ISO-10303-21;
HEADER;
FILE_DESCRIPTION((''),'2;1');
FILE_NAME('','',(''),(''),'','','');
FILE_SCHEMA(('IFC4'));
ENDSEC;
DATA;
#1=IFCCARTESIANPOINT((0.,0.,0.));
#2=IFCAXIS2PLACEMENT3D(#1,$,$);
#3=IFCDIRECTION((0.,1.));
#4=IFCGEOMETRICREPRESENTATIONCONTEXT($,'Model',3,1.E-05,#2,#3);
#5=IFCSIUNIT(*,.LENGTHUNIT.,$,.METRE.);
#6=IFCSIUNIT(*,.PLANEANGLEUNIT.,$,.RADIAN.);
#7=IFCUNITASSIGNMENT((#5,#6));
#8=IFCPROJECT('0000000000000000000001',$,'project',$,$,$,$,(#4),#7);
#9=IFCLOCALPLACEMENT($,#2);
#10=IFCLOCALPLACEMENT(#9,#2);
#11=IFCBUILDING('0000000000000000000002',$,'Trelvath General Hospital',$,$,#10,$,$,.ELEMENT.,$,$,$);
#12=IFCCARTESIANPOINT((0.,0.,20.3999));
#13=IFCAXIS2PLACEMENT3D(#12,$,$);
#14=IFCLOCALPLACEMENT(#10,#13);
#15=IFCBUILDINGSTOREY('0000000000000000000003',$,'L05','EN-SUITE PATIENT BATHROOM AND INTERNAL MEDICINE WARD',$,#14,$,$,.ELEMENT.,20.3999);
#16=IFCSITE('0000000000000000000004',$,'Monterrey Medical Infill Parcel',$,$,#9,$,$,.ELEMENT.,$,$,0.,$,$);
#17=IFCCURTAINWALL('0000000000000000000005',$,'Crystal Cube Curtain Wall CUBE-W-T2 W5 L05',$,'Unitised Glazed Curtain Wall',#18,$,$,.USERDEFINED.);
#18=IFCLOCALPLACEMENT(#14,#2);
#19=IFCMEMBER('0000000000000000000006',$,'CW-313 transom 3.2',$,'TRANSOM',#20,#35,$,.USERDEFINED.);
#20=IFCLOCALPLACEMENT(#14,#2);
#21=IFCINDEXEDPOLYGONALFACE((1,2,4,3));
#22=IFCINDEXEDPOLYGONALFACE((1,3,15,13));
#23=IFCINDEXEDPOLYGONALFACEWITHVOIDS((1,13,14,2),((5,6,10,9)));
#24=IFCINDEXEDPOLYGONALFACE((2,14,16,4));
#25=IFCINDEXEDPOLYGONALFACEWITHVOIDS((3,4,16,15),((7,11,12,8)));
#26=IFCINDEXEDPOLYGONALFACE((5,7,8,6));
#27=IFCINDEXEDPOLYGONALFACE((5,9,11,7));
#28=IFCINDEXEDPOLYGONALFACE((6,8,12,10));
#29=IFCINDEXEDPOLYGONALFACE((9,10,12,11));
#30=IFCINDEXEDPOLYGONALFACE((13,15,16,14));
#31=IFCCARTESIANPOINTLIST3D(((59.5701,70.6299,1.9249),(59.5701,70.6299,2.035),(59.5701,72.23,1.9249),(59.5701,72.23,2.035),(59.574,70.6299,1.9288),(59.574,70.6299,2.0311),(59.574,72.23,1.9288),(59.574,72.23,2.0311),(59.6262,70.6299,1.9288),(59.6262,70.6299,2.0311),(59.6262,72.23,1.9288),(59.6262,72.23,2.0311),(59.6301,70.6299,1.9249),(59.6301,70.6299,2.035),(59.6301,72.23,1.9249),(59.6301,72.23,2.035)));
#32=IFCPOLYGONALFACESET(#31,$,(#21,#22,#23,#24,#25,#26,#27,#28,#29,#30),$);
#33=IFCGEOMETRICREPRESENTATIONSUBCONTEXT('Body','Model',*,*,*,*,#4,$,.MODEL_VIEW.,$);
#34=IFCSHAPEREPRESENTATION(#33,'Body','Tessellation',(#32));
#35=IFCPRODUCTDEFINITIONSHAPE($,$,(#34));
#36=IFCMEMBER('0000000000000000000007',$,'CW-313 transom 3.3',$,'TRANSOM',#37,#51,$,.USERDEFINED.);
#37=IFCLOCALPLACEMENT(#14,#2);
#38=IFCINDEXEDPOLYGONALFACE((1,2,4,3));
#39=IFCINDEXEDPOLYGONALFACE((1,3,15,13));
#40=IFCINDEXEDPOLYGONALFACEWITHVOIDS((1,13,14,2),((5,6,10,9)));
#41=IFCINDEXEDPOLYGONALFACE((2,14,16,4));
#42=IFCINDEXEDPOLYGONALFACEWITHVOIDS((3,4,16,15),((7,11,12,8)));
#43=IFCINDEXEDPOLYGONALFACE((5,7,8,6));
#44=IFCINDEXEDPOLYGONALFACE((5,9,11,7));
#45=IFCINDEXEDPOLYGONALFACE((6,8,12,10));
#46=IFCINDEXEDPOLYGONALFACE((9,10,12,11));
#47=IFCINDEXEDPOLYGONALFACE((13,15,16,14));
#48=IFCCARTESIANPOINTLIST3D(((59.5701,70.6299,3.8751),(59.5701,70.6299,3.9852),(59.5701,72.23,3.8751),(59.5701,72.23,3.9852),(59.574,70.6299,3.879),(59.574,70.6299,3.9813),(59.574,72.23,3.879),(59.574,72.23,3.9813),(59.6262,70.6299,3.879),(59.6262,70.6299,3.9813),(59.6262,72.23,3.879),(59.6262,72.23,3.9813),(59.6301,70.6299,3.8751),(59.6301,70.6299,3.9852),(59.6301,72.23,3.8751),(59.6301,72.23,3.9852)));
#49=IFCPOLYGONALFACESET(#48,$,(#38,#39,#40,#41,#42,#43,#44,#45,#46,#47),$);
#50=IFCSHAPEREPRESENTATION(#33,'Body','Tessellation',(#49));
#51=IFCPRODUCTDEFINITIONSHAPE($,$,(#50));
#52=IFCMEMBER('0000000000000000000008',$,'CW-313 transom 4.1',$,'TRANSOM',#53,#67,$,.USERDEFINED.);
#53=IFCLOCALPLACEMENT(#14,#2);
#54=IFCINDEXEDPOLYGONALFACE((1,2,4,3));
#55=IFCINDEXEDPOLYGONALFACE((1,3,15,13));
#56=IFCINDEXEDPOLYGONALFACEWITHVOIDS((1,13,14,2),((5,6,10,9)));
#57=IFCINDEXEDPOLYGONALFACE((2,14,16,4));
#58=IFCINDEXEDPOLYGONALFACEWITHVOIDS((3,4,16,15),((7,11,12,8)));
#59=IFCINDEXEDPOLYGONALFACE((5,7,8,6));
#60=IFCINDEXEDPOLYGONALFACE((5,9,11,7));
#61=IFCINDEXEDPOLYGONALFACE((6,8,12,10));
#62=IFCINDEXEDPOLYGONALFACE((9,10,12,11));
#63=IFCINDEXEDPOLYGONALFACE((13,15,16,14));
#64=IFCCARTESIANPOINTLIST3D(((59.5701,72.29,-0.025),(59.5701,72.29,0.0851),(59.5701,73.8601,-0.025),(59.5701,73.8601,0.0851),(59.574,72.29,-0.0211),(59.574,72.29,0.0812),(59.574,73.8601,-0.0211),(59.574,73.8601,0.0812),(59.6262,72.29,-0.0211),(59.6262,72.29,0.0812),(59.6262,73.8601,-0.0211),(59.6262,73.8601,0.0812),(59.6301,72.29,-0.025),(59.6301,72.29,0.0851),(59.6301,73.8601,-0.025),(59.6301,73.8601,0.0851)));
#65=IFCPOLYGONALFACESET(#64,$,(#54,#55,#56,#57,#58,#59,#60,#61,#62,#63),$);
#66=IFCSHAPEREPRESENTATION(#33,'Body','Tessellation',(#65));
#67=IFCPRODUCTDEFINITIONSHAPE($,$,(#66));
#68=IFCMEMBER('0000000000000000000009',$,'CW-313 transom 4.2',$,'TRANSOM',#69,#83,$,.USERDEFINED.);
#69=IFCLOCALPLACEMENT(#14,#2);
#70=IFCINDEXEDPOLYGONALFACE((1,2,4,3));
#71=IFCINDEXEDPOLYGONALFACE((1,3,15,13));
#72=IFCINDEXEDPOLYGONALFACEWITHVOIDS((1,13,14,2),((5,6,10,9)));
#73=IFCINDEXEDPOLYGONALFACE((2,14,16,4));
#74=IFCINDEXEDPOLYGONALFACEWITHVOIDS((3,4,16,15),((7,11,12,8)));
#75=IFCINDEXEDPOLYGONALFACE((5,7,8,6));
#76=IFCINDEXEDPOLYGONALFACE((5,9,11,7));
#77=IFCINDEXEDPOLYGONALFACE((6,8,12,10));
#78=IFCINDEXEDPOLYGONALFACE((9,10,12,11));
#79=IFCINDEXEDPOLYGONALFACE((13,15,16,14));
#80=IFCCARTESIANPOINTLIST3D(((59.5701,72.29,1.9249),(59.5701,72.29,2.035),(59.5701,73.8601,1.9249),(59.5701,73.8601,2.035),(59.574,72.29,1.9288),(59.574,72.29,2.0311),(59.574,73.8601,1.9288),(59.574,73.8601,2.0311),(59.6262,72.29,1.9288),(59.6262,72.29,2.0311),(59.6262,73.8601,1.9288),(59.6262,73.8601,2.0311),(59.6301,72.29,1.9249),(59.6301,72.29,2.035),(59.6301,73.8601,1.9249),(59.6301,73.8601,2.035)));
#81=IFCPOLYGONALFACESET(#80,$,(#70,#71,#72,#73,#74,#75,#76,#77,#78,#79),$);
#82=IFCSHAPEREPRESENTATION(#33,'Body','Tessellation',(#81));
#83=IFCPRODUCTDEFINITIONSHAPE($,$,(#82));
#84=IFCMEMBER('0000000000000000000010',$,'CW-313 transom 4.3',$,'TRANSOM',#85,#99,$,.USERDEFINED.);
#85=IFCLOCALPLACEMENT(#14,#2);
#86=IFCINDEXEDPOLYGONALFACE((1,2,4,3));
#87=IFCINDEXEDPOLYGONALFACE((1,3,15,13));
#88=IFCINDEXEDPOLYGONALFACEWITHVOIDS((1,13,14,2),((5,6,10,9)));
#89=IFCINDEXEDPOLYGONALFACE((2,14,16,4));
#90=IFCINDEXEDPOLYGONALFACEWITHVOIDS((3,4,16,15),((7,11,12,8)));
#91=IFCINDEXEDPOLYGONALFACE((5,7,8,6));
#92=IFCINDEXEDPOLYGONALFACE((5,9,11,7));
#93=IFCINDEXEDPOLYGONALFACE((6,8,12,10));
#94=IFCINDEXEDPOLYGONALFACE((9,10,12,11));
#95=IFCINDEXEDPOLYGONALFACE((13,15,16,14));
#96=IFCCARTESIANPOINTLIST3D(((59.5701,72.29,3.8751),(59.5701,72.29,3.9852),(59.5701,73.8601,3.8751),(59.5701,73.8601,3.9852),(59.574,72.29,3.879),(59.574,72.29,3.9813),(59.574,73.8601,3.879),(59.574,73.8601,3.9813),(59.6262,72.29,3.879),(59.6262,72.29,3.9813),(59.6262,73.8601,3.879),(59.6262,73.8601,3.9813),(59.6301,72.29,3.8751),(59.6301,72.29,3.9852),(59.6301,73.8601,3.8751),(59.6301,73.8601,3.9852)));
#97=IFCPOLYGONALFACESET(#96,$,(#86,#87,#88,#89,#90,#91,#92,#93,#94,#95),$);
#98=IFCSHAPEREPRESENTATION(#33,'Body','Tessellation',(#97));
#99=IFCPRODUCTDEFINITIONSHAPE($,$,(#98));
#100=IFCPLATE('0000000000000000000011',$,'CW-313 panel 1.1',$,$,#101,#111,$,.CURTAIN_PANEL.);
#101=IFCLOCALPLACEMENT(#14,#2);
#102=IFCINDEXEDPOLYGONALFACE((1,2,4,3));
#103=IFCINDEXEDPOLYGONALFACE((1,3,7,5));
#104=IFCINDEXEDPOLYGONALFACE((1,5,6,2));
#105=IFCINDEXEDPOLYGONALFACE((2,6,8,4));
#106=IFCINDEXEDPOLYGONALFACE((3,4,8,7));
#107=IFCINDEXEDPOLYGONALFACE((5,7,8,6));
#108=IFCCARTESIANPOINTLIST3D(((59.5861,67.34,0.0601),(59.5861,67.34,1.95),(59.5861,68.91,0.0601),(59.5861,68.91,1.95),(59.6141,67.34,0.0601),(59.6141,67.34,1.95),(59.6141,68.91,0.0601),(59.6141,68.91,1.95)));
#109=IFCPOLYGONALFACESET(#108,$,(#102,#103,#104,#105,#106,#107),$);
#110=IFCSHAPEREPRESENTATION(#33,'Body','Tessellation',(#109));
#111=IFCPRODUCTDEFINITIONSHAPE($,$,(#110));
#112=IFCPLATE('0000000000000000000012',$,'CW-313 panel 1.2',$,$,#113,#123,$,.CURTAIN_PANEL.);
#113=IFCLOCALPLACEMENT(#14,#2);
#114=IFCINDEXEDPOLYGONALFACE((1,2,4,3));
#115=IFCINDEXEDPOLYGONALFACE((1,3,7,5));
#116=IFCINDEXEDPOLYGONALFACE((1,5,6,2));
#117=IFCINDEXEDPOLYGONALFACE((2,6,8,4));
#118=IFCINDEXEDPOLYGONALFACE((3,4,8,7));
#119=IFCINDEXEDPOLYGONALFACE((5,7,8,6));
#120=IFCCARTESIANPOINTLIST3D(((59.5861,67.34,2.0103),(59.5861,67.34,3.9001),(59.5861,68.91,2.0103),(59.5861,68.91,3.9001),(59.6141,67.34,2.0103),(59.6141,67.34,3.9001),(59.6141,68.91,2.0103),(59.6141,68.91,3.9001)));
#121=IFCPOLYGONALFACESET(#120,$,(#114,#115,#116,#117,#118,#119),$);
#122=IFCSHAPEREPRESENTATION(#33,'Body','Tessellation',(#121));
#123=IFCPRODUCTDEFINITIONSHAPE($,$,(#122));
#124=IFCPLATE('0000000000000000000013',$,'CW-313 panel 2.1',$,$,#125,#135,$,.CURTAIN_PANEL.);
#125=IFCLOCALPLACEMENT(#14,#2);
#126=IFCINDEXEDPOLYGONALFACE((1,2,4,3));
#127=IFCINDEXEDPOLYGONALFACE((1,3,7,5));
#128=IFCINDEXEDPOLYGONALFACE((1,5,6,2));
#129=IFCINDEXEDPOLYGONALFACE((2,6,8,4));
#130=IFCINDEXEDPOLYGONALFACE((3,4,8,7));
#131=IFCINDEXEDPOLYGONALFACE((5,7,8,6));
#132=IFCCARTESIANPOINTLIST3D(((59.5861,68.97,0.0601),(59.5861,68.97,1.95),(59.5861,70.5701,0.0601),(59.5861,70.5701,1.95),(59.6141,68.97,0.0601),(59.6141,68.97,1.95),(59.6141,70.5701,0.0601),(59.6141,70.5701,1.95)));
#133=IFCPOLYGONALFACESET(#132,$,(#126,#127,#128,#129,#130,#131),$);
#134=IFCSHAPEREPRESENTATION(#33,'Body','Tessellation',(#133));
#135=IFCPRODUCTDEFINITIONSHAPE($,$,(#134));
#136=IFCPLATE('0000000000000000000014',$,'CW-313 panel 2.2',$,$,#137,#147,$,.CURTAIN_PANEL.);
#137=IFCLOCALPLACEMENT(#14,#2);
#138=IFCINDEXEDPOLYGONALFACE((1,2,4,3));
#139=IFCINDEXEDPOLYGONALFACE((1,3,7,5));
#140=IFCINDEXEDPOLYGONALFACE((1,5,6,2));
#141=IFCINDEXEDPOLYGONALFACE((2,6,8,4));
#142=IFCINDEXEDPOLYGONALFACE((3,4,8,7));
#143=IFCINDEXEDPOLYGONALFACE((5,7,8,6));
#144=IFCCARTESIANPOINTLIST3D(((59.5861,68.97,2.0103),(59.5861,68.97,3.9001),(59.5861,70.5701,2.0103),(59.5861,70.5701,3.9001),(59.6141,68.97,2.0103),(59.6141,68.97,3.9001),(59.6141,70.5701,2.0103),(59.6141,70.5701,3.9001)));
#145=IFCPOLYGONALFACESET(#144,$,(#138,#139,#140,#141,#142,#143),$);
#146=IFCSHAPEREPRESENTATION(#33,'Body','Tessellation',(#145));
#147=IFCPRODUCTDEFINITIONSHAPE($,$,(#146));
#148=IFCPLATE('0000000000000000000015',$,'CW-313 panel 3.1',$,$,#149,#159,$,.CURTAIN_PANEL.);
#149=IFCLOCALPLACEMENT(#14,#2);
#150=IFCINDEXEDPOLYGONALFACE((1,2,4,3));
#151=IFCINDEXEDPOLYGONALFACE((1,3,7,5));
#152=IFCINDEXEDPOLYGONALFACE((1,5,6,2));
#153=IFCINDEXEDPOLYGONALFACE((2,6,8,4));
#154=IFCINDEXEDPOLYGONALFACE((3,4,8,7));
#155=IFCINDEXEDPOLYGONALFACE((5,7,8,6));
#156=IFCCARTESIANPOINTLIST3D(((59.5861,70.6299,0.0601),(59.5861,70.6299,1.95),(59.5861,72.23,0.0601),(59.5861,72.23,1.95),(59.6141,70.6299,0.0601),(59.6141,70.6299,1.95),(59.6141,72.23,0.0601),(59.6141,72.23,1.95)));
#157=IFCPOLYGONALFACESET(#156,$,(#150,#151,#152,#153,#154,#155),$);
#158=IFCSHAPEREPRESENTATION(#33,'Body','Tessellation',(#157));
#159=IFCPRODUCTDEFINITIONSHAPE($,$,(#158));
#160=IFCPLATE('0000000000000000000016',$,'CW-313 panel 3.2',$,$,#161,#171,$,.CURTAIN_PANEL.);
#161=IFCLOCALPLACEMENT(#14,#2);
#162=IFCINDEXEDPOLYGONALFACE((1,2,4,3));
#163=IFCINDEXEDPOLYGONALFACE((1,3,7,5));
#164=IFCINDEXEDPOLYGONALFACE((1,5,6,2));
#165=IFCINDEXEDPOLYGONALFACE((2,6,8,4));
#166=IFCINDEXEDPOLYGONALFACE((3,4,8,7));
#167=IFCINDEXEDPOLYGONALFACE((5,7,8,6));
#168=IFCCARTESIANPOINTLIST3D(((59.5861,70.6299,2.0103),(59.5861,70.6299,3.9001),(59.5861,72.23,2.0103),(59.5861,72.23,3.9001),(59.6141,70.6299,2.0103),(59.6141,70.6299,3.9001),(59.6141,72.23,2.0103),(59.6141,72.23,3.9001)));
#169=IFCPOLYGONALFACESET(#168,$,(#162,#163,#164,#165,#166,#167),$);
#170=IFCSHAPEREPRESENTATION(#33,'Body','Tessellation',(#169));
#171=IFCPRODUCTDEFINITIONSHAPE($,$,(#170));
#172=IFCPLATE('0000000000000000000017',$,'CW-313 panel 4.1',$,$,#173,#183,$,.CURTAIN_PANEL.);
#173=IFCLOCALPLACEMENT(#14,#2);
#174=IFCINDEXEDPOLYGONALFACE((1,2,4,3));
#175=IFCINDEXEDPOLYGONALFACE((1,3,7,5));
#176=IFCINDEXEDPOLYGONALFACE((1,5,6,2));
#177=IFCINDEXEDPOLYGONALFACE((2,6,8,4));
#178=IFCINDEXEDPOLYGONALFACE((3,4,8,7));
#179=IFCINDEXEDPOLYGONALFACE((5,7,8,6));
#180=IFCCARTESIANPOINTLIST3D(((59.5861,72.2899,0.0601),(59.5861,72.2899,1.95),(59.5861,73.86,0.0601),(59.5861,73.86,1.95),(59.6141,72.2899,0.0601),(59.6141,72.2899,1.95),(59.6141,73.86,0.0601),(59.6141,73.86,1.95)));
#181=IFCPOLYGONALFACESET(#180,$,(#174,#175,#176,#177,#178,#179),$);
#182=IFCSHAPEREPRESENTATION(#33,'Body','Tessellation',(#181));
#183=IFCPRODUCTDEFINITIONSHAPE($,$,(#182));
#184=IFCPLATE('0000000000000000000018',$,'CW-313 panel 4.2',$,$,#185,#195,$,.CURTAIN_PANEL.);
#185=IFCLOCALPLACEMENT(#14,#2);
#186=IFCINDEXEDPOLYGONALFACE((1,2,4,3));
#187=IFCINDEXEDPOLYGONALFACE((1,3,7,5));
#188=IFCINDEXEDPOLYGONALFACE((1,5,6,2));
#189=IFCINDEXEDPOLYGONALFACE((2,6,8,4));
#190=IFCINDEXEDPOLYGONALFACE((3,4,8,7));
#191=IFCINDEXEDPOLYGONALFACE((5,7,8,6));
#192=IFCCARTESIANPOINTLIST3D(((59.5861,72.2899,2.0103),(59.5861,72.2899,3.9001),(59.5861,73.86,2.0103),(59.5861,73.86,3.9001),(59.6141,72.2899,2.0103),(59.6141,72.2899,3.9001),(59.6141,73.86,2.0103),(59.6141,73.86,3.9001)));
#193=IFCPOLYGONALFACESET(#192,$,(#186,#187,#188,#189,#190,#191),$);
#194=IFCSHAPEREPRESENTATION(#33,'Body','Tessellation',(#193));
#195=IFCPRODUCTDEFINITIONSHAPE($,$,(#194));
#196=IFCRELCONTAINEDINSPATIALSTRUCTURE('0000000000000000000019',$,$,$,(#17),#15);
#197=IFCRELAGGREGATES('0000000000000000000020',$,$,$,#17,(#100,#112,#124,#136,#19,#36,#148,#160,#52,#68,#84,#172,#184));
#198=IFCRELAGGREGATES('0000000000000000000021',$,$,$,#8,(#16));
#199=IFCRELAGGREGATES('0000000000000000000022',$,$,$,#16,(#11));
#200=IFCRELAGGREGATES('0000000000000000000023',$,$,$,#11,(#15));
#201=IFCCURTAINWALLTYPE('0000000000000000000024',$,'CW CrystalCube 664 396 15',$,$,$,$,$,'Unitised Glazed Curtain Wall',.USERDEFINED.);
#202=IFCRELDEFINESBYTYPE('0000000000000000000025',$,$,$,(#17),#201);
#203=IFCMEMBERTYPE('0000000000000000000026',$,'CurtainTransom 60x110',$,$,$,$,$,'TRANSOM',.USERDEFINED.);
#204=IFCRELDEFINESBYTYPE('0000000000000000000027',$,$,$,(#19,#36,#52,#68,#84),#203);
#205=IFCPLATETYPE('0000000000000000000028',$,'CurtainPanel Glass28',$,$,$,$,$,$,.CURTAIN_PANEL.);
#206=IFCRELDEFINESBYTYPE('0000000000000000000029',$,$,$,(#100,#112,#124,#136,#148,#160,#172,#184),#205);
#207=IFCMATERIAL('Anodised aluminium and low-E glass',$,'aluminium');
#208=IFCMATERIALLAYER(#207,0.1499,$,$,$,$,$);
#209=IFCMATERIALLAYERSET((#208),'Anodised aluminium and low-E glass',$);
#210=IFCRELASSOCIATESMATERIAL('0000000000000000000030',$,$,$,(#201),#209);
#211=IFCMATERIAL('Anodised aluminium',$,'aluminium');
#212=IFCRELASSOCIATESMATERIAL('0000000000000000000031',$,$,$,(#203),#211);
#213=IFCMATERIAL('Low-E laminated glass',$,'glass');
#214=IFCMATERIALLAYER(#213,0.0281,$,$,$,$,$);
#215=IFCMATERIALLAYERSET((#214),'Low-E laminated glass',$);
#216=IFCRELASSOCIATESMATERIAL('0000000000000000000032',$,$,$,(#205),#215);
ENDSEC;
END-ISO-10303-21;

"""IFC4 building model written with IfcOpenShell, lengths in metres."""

from ifc_helpers import new_model, si_unit, direction, frame, origin, origin_2d, place, context, subcontext, project, spatial, rectangle, hollow_rectangle, extrude, material, layer, layer_set, material_profile, profile_set, type_object, element, aggregate, save


model = new_model("IFC4")

# Units and contexts
model_context = context("Model", 3, precision=1e-05, world=origin(), true_north=direction((0.0, 1.0)))
body_context = subcontext(model_context, "Body", "Model", "MODEL_VIEW")
ifc_project = project(units=[si_unit("LENGTHUNIT", "METRE"), si_unit("PLANEANGLEUNIT", "RADIAN")], contexts=[model_context])

# Site, building, storey
site_placement = place(None, origin())
site = spatial("IfcSite", under=ifc_project, at=site_placement, Name="Monterrey Medical Infill Parcel", CompositionType="ELEMENT", RefElevation=0.0)
building_placement = place(site_placement, origin())
building = spatial("IfcBuilding", under=site, at=building_placement, Name="Trelvath General Hospital", CompositionType="ELEMENT")
storey_placement = place(building_placement, frame((0.0, 0.0, 20.3999)))
storey = spatial("IfcBuildingStorey", under=building, at=storey_placement, Name="L05", Description="EN-SUITE PATIENT BATHROOM AND INTERNAL MEDICINE WARD", CompositionType="ELEMENT", Elevation=20.3999)

# Curtain wall, members, plates
ifc_material_1 = material(Name="Anodised aluminium and low-E glass", Category="aluminium")
ifc_layer_1 = layer(ifc_material_1, 0.1499)
ifc_layer_set_1 = layer_set([ifc_layer_1], Name="Anodised aluminium and low-E glass")
curtain_wall_type = type_object("IfcCurtainWallType", Name="CW CrystalCube 664 396 15", ElementType="Unitised Glazed Curtain Wall", PredefinedType="USERDEFINED", material=ifc_layer_set_1)
curtain_wall_placement = place(storey_placement, origin())
curtain_wall = element("IfcCurtainWall", 1, at=curtain_wall_placement, inside=storey, type_object=curtain_wall_type, Name="Crystal Cube Curtain Wall CUBE-W-T2 W5 L05", ObjectType="Unitised Glazed Curtain Wall", PredefinedType="USERDEFINED")
ifc_material_2 = material(Name="Anodised aluminium", Category="aluminium")
ifc_material_profile_1 = material_profile(ifc_material_2, hollow_rectangle(XDim=0.0601, YDim=0.1101, WallThickness=0.0039, at=origin_2d()), Name="RHS60x110x4")
ifc_profile_set_1 = profile_set([ifc_material_profile_1], Name="Anodised aluminium")
member_type_1 = type_object("IfcMemberType", Name="CurtainTransom 60x110", ElementType="TRANSOM", PredefinedType="USERDEFINED", material=ifc_profile_set_1)
member_1_placement = place(storey_placement, frame((59.6001, 70.6299, 1.98), z_axis=(0.0, 1.0, 0.0), x_axis=(-1.0, 0.0, 0.0)))
member_1 = element("IfcMember", 2, at=member_1_placement, type_object=member_type_1, Name="CW-313 transom 3.2", ObjectType="TRANSOM", PredefinedType="USERDEFINED", context=body_context, shape_type="SweptSolid", body=[
    extrude(hollow_rectangle(XDim=0.0601, YDim=0.1101, WallThickness=0.0039, at=origin_2d()), origin(), (0.0, 0.0, 1.0), 1.6001),
])
member_2_placement = place(storey_placement, frame((59.6001, 70.6299, 3.9302), z_axis=(0.0, 1.0, 0.0), x_axis=(-1.0, 0.0, 0.0)))
member_2 = element("IfcMember", 3, at=member_2_placement, type_object=member_type_1, Name="CW-313 transom 3.3", ObjectType="TRANSOM", PredefinedType="USERDEFINED", context=body_context, shape_type="SweptSolid", body=[
    extrude(hollow_rectangle(XDim=0.0601, YDim=0.1101, WallThickness=0.0039, at=origin_2d()), origin(), (0.0, 0.0, 1.0), 1.6001),
])
member_3_placement = place(storey_placement, frame((59.6001, 72.29, 0.03), z_axis=(0.0, 1.0, 0.0), x_axis=(-1.0, 0.0, 0.0)))
member_3 = element("IfcMember", 4, at=member_3_placement, type_object=member_type_1, Name="CW-313 transom 4.1", ObjectType="TRANSOM", PredefinedType="USERDEFINED", context=body_context, shape_type="SweptSolid", body=[
    extrude(hollow_rectangle(XDim=0.0601, YDim=0.1101, WallThickness=0.0039, at=origin_2d()), origin(), (0.0, 0.0, 1.0), 1.5701),
])
member_4_placement = place(storey_placement, frame((59.6001, 72.29, 1.98), z_axis=(0.0, 1.0, 0.0), x_axis=(-1.0, 0.0, 0.0)))
member_4 = element("IfcMember", 5, at=member_4_placement, type_object=member_type_1, Name="CW-313 transom 4.2", ObjectType="TRANSOM", PredefinedType="USERDEFINED", context=body_context, shape_type="SweptSolid", body=[
    extrude(hollow_rectangle(XDim=0.0601, YDim=0.1101, WallThickness=0.0039, at=origin_2d()), origin(), (0.0, 0.0, 1.0), 1.5701),
])
member_5_placement = place(storey_placement, frame((59.6001, 72.29, 3.9302), z_axis=(0.0, 1.0, 0.0), x_axis=(-1.0, 0.0, 0.0)))
member_5 = element("IfcMember", 6, at=member_5_placement, type_object=member_type_1, Name="CW-313 transom 4.3", ObjectType="TRANSOM", PredefinedType="USERDEFINED", context=body_context, shape_type="SweptSolid", body=[
    extrude(hollow_rectangle(XDim=0.0601, YDim=0.1101, WallThickness=0.0039, at=origin_2d()), origin(), (0.0, 0.0, 1.0), 1.5701),
])
ifc_material_3 = material(Name="Low-E laminated glass", Category="glass")
ifc_layer_2 = layer(ifc_material_3, 0.0281)
ifc_layer_set_2 = layer_set([ifc_layer_2], Name="Low-E laminated glass")
plate_type = type_object("IfcPlateType", Name="CurtainPanel Glass28", PredefinedType="CURTAIN_PANEL", material=ifc_layer_set_2)
plate_1_placement = place(storey_placement, frame((59.6001, 68.125, 0.0601), z_axis=(0.0, 0.0, 1.0), x_axis=(0.0, 1.0, 0.0)))
plate_1 = element("IfcPlate", 7, at=plate_1_placement, type_object=plate_type, Name="CW-313 panel 1.1", PredefinedType="CURTAIN_PANEL", context=body_context, shape_type="SweptSolid", body=[
    extrude(rectangle(XDim=1.5701, YDim=0.0281, at=origin_2d()), origin(), (0.0, 0.0, 1.0), 1.8899),
])
plate_2_placement = place(storey_placement, frame((59.6001, 68.125, 2.0103), z_axis=(0.0, 0.0, 1.0), x_axis=(0.0, 1.0, 0.0)))
plate_2 = element("IfcPlate", 8, at=plate_2_placement, type_object=plate_type, Name="CW-313 panel 1.2", PredefinedType="CURTAIN_PANEL", context=body_context, shape_type="SweptSolid", body=[
    extrude(rectangle(XDim=1.5701, YDim=0.0281, at=origin_2d()), origin(), (0.0, 0.0, 1.0), 1.8899),
])
plate_3_placement = place(storey_placement, frame((59.6001, 69.77, 0.0601), z_axis=(0.0, 0.0, 1.0), x_axis=(0.0, 1.0, 0.0)))
plate_3 = element("IfcPlate", 9, at=plate_3_placement, type_object=plate_type, Name="CW-313 panel 2.1", PredefinedType="CURTAIN_PANEL", context=body_context, shape_type="SweptSolid", body=[
    extrude(rectangle(XDim=1.6001, YDim=0.0281, at=origin_2d()), origin(), (0.0, 0.0, 1.0), 1.8899),
])
plate_4_placement = place(storey_placement, frame((59.6001, 69.77, 2.0103), z_axis=(0.0, 0.0, 1.0), x_axis=(0.0, 1.0, 0.0)))
plate_4 = element("IfcPlate", 10, at=plate_4_placement, type_object=plate_type, Name="CW-313 panel 2.2", PredefinedType="CURTAIN_PANEL", context=body_context, shape_type="SweptSolid", body=[
    extrude(rectangle(XDim=1.6001, YDim=0.0281, at=origin_2d()), origin(), (0.0, 0.0, 1.0), 1.8899),
])
plate_5_placement = place(storey_placement, frame((59.6001, 71.4299, 0.0601), z_axis=(0.0, 0.0, 1.0), x_axis=(0.0, 1.0, 0.0)))
plate_5 = element("IfcPlate", 11, at=plate_5_placement, type_object=plate_type, Name="CW-313 panel 3.1", PredefinedType="CURTAIN_PANEL", context=body_context, shape_type="SweptSolid", body=[
    extrude(rectangle(XDim=1.6001, YDim=0.0281, at=origin_2d()), origin(), (0.0, 0.0, 1.0), 1.8899),
])
plate_6_placement = place(storey_placement, frame((59.6001, 71.4299, 2.0103), z_axis=(0.0, 0.0, 1.0), x_axis=(0.0, 1.0, 0.0)))
plate_6 = element("IfcPlate", 12, at=plate_6_placement, type_object=plate_type, Name="CW-313 panel 3.2", PredefinedType="CURTAIN_PANEL", context=body_context, shape_type="SweptSolid", body=[
    extrude(rectangle(XDim=1.6001, YDim=0.0281, at=origin_2d()), origin(), (0.0, 0.0, 1.0), 1.8899),
])
plate_7_placement = place(storey_placement, frame((59.6001, 73.075, 0.0601), z_axis=(0.0, 0.0, 1.0), x_axis=(0.0, 1.0, 0.0)))
plate_7 = element("IfcPlate", 13, at=plate_7_placement, type_object=plate_type, Name="CW-313 panel 4.1", PredefinedType="CURTAIN_PANEL", context=body_context, shape_type="SweptSolid", body=[
    extrude(rectangle(XDim=1.5701, YDim=0.0281, at=origin_2d()), origin(), (0.0, 0.0, 1.0), 1.8899),
])
plate_8_placement = place(storey_placement, frame((59.6001, 73.075, 2.0103), z_axis=(0.0, 0.0, 1.0), x_axis=(0.0, 1.0, 0.0)))
plate_8 = element("IfcPlate", 14, at=plate_8_placement, type_object=plate_type, Name="CW-313 panel 4.2", PredefinedType="CURTAIN_PANEL", context=body_context, shape_type="SweptSolid", body=[
    extrude(rectangle(XDim=1.5701, YDim=0.0281, at=origin_2d()), origin(), (0.0, 0.0, 1.0), 1.8899),
])
aggregate(curtain_wall, [plate_1, plate_2, plate_3, plate_4, member_1, member_2, plate_5, plate_6, member_3, member_4, member_5, plate_7, plate_8])

save(model, "model.ifc")
